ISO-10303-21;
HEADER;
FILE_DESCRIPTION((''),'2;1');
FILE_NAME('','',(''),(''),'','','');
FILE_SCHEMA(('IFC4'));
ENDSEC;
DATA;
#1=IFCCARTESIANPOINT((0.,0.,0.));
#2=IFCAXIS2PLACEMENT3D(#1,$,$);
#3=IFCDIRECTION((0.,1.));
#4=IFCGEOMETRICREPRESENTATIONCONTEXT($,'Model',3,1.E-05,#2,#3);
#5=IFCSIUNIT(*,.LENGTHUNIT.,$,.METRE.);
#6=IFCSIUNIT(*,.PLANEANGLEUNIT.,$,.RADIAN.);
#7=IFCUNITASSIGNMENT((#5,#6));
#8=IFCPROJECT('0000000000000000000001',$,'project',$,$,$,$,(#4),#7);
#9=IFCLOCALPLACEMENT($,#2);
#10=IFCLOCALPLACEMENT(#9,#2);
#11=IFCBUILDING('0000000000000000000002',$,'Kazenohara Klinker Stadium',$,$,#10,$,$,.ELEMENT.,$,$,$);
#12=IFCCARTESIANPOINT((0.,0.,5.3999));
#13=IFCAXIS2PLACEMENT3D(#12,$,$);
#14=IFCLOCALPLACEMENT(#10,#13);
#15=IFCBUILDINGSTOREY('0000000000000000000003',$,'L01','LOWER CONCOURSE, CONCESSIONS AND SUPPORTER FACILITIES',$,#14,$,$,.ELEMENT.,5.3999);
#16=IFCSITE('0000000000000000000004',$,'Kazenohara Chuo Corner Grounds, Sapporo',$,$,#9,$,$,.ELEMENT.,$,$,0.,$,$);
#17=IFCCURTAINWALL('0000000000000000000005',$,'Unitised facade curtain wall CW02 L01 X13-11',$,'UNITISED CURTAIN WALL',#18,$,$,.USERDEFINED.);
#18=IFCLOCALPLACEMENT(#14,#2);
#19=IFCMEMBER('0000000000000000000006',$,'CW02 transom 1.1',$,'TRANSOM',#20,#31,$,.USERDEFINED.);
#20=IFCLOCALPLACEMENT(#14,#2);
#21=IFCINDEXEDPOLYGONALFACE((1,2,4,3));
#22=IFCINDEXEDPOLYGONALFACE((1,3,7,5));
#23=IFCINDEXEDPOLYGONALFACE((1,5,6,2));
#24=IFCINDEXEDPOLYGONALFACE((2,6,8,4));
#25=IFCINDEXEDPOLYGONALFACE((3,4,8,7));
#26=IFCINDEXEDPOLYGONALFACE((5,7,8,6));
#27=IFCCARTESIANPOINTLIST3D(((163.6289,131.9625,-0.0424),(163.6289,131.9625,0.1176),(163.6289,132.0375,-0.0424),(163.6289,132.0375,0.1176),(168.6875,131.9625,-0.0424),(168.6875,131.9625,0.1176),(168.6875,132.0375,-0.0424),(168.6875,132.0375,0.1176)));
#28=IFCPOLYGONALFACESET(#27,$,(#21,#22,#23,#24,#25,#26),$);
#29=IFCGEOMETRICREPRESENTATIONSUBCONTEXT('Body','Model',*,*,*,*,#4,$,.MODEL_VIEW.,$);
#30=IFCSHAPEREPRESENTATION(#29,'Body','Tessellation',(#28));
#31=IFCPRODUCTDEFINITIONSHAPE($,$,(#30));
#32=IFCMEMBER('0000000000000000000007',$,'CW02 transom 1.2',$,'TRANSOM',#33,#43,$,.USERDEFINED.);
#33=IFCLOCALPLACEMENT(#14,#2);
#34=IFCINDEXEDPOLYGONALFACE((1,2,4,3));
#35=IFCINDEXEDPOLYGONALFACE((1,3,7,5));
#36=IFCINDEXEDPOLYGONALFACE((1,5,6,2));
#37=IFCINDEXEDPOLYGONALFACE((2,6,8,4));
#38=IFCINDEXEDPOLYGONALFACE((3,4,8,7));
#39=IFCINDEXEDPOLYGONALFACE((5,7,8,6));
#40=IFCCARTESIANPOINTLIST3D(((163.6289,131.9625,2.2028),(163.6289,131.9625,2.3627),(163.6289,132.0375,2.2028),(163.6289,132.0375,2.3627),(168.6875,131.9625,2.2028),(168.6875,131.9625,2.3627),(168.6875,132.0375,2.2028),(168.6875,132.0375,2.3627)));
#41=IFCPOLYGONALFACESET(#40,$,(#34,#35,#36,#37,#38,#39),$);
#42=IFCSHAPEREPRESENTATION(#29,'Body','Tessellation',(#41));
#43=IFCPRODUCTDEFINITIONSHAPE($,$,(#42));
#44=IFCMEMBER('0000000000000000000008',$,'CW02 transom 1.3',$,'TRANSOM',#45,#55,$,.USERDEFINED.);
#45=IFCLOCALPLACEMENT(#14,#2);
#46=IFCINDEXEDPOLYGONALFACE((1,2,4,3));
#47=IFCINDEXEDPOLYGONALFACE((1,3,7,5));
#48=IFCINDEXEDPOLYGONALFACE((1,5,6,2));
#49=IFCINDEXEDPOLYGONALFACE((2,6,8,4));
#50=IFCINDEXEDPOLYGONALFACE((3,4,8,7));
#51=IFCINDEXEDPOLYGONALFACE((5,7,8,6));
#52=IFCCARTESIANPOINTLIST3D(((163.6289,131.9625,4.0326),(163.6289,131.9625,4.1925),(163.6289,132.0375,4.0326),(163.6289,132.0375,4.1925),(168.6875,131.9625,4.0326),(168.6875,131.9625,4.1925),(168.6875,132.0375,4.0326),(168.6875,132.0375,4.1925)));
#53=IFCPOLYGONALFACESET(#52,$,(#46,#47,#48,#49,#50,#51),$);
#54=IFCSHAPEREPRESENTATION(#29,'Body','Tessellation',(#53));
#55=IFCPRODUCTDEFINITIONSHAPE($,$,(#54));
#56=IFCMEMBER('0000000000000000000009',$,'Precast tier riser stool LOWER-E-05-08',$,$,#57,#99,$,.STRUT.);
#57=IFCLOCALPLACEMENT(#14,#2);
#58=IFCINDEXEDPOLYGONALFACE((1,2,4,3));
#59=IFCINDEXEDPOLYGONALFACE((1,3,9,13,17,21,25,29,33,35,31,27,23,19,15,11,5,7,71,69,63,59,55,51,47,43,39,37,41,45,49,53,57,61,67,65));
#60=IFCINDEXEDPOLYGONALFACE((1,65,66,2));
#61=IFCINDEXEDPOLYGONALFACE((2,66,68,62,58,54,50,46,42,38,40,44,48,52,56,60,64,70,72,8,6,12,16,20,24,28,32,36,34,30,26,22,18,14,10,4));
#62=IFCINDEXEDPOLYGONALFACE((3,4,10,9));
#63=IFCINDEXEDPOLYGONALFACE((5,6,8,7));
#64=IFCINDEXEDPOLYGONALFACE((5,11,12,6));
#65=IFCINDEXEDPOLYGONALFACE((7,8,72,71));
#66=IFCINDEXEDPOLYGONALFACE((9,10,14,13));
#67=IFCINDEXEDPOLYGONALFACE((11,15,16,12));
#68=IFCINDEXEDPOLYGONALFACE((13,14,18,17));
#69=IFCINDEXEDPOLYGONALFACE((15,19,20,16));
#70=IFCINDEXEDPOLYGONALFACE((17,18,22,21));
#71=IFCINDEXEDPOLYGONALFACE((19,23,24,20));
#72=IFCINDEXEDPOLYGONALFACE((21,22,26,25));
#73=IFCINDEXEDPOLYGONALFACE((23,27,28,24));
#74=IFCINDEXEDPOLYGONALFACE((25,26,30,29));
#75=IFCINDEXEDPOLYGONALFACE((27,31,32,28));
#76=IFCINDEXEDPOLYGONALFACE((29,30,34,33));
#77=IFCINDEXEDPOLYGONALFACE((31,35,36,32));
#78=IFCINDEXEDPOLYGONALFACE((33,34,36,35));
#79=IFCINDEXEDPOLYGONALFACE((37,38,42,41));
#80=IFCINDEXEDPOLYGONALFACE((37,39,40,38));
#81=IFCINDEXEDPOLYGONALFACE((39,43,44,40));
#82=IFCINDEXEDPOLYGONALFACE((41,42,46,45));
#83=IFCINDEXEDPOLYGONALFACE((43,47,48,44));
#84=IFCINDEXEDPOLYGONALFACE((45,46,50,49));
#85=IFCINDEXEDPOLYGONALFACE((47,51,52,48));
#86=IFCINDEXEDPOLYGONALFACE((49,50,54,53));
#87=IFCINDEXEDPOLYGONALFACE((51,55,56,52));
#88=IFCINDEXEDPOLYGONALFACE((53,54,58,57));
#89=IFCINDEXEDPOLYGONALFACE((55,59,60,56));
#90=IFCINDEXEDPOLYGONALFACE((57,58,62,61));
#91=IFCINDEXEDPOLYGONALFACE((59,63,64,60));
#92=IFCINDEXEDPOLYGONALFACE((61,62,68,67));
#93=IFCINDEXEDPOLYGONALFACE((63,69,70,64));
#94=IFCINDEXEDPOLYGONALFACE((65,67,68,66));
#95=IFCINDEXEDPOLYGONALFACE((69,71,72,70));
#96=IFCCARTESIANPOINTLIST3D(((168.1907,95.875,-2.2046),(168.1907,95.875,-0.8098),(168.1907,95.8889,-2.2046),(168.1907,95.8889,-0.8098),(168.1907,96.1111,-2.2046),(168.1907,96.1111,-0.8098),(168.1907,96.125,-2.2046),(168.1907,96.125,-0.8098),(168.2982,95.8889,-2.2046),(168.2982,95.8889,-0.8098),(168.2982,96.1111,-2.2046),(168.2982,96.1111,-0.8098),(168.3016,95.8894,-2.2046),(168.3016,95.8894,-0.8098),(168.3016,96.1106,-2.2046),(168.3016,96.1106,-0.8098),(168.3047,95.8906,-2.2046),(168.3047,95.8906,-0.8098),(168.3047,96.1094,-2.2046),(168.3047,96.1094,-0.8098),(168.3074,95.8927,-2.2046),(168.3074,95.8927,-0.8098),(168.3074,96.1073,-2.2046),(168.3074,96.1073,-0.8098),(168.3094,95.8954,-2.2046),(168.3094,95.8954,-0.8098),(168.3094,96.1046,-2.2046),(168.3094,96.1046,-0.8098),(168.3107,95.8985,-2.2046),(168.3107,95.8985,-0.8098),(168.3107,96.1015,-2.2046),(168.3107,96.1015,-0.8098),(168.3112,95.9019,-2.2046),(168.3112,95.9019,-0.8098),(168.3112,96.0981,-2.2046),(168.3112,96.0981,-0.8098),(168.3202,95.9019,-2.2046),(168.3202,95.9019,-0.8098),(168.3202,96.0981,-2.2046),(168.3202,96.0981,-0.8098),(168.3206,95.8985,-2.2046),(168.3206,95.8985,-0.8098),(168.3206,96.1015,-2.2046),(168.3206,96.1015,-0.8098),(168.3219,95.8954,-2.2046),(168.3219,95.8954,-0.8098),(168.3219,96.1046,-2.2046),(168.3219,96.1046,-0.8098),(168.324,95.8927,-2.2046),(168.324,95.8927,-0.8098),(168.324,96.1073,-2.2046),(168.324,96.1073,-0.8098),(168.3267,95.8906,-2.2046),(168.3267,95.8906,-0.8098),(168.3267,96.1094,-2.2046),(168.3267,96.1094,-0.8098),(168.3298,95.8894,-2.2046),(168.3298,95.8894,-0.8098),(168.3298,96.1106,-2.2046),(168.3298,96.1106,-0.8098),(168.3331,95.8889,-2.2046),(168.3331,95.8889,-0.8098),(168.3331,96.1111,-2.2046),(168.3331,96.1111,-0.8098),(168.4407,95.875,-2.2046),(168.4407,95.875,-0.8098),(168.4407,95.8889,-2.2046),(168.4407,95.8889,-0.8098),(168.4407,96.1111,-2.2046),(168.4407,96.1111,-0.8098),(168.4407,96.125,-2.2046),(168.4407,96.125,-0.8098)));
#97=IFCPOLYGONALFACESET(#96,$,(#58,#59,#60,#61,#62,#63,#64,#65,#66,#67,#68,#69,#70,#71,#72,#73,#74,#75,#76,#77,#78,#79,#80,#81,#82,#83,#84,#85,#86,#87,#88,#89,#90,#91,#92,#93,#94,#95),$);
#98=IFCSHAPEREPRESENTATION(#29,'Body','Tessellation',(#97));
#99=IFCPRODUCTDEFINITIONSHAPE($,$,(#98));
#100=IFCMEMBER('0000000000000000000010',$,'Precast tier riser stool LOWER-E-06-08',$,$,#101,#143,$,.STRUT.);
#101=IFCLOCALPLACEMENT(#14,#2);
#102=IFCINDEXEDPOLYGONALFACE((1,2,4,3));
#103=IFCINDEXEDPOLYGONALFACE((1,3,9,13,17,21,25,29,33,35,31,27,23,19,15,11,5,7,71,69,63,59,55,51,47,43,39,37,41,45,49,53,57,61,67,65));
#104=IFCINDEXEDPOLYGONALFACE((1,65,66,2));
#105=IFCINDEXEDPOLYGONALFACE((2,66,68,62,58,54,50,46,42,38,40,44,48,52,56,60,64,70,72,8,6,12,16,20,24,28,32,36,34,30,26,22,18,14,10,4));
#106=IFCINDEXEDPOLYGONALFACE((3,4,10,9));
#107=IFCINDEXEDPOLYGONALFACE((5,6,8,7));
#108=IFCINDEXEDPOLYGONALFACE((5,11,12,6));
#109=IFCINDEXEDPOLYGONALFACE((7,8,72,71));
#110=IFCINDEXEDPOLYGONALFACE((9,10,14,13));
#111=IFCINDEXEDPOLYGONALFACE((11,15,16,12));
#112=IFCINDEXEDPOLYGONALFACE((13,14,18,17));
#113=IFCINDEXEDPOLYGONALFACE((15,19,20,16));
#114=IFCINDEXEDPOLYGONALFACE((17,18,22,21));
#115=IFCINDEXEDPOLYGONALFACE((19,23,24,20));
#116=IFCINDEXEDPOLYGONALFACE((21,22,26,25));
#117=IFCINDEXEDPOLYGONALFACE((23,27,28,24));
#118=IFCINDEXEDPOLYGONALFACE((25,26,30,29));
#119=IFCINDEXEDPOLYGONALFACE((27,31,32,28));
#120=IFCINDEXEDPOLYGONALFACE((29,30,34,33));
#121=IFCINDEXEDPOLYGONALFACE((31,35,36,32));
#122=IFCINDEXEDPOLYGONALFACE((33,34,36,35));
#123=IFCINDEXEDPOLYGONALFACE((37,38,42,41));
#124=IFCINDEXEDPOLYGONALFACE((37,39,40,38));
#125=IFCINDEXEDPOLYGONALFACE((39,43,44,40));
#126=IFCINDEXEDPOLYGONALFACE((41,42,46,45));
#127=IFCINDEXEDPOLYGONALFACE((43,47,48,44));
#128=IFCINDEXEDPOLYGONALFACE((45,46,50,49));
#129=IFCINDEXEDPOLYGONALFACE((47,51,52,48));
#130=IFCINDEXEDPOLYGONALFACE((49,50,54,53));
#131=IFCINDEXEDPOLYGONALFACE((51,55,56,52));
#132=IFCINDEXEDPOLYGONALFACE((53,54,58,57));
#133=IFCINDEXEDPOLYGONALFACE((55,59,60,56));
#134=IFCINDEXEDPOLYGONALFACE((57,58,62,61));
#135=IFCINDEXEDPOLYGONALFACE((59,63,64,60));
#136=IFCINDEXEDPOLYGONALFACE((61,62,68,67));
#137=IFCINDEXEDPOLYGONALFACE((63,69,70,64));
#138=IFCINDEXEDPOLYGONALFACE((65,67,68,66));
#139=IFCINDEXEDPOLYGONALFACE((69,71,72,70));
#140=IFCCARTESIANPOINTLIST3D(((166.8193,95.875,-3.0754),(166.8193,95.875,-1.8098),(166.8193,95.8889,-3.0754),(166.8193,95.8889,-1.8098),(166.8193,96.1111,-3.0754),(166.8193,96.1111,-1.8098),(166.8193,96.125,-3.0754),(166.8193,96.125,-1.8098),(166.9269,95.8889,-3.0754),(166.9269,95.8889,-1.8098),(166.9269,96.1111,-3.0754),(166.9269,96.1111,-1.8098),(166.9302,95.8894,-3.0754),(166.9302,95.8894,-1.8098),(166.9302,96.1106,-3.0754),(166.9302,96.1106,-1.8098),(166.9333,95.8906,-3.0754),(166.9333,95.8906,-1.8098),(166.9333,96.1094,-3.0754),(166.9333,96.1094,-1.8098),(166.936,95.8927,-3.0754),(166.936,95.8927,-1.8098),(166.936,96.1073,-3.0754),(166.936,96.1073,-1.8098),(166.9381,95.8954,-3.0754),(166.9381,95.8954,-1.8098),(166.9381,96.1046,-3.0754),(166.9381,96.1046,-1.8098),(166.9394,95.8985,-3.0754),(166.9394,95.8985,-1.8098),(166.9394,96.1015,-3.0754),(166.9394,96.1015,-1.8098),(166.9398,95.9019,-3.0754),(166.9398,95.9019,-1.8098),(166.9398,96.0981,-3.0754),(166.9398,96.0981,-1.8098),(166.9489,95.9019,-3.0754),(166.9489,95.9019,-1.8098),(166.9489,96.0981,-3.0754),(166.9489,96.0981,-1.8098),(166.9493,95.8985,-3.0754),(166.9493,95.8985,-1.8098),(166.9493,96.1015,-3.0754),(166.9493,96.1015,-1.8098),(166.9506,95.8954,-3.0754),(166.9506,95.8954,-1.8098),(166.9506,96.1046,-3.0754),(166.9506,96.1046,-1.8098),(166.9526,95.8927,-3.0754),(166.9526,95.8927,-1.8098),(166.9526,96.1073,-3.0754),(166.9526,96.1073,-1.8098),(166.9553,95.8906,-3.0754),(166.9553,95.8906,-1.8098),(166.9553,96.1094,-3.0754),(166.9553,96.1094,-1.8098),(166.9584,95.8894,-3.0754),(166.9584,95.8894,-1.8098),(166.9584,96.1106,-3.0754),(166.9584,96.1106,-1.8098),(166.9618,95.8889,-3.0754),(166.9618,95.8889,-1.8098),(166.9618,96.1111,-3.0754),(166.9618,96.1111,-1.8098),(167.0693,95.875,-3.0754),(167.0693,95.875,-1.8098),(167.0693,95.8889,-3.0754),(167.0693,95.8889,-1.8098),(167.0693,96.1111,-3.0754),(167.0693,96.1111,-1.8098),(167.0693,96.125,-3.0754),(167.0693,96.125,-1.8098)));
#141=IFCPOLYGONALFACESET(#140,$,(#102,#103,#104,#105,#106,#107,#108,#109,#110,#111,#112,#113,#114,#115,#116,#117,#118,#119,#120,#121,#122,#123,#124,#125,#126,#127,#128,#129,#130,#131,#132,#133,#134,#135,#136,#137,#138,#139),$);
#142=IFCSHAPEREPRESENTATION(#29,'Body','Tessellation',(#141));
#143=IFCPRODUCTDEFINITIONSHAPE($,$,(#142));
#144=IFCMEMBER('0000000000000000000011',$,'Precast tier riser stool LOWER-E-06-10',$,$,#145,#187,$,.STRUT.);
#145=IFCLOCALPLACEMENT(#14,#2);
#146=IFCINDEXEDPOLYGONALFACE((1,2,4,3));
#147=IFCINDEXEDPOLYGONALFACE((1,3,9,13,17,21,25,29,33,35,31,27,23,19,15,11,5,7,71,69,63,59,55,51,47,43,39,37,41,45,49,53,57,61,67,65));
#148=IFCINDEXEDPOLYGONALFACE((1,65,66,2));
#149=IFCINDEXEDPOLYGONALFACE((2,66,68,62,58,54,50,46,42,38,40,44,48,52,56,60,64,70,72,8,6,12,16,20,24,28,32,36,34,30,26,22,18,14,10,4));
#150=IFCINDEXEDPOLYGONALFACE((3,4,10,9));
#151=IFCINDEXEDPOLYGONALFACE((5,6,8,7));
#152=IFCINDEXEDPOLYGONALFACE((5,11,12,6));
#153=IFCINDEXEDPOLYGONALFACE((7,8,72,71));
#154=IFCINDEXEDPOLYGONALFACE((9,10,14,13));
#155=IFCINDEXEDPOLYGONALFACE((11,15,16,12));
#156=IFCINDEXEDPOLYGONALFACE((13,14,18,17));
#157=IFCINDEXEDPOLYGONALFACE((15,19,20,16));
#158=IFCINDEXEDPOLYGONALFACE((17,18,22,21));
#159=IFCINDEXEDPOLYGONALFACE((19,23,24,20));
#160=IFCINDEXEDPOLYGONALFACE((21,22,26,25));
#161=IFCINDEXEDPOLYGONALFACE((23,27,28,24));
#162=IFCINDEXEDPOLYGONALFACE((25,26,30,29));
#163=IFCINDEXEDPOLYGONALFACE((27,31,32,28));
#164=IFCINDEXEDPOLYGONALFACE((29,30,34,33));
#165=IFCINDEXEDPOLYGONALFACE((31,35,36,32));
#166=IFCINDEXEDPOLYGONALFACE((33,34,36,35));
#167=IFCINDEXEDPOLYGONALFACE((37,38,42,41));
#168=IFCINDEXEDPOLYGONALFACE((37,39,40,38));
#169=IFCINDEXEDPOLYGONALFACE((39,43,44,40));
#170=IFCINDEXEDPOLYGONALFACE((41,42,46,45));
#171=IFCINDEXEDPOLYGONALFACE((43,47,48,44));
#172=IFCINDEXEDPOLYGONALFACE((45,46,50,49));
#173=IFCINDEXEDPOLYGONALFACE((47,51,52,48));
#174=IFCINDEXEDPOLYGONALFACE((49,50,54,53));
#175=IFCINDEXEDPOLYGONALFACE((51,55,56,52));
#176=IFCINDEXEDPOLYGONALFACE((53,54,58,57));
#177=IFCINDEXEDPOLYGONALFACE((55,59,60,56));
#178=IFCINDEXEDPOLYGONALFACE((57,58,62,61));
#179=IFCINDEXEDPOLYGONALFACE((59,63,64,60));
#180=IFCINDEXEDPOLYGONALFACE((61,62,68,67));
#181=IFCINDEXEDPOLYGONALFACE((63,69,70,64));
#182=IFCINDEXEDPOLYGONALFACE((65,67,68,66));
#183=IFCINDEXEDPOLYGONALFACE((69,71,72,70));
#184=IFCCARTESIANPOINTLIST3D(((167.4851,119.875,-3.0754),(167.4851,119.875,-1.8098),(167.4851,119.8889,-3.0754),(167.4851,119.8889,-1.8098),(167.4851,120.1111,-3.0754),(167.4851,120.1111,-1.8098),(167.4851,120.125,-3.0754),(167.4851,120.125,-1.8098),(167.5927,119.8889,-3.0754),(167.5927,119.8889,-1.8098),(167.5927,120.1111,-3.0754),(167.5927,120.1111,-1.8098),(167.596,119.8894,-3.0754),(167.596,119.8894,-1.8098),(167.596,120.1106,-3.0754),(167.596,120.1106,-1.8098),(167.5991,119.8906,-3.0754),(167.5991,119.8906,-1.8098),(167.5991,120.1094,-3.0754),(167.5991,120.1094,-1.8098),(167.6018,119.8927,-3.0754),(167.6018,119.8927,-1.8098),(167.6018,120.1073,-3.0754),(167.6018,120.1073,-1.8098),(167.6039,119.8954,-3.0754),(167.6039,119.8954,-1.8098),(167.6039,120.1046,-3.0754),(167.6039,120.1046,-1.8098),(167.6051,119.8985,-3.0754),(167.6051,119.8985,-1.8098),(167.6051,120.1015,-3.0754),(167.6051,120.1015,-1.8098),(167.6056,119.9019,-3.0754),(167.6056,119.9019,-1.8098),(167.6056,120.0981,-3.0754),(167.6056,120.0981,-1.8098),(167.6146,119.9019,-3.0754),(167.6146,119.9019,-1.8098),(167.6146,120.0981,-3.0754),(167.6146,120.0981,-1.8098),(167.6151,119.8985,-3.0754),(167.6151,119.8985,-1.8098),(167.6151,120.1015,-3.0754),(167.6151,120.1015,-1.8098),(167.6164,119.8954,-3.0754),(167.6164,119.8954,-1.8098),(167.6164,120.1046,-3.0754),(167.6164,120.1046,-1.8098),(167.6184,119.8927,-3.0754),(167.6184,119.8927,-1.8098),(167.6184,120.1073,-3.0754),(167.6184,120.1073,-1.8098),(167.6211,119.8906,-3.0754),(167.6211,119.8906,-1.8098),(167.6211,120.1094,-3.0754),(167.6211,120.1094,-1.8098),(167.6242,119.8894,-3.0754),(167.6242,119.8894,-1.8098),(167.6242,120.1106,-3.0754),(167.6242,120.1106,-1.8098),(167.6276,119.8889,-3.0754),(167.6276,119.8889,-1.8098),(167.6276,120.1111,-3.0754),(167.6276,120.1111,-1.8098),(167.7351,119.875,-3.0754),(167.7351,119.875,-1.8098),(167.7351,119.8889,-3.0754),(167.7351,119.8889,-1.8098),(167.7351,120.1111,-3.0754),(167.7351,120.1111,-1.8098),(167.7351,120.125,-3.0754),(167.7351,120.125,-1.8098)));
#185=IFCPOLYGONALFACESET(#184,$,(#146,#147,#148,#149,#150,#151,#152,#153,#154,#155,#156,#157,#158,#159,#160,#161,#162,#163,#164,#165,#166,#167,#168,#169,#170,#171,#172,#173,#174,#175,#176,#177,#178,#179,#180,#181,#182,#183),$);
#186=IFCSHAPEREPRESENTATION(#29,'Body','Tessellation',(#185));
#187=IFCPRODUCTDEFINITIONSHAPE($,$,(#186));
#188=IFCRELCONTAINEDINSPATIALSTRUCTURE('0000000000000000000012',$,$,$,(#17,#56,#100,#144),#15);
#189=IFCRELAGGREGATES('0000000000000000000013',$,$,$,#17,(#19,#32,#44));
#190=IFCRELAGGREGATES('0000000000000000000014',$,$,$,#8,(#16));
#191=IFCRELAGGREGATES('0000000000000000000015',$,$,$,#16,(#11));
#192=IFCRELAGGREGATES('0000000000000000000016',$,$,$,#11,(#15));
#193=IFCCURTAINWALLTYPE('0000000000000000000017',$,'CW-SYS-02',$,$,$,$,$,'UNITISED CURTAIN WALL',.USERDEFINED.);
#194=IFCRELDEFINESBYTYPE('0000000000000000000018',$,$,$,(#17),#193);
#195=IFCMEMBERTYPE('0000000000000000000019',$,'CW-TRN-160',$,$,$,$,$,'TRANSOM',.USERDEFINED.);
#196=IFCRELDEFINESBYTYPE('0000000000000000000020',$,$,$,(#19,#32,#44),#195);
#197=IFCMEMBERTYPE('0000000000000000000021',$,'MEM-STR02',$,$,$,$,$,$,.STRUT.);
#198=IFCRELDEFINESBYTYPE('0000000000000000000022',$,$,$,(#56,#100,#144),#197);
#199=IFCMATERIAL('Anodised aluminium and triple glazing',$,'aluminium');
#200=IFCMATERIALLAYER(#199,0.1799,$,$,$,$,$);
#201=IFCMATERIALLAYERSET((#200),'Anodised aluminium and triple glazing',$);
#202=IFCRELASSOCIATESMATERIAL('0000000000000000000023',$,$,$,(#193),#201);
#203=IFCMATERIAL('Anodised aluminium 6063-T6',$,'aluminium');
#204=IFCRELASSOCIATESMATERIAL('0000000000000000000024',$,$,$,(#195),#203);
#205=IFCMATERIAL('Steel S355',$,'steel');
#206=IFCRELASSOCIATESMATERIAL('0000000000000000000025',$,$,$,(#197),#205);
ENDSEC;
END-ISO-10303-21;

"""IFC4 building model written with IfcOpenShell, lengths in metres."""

from ifc_helpers import new_model, si_unit, direction, frame, origin, origin_2d, place, context, subcontext, project, spatial, rectangle, i_section, extrude, material, layer, layer_set, material_profile, profile_set, type_object, element, aggregate, save


model = new_model("IFC4")

# Units and contexts
model_context = context("Model", 3, precision=1e-05, world=origin(), true_north=direction((0.0, 1.0)))
body_context = subcontext(model_context, "Body", "Model", "MODEL_VIEW")
ifc_project = project(units=[si_unit("LENGTHUNIT", "METRE"), si_unit("PLANEANGLEUNIT", "RADIAN")], contexts=[model_context])

# Site, building, storey
site_placement = place(None, origin())
site = spatial("IfcSite", under=ifc_project, at=site_placement, Name="Kazenohara Chuo Corner Grounds, Sapporo", CompositionType="ELEMENT", RefElevation=0.0)
building_placement = place(site_placement, origin())
building = spatial("IfcBuilding", under=site, at=building_placement, Name="Kazenohara Klinker Stadium", CompositionType="ELEMENT")
storey_placement = place(building_placement, frame((0.0, 0.0, 5.3999)))
storey = spatial("IfcBuildingStorey", under=building, at=storey_placement, Name="L01", Description="LOWER CONCOURSE, CONCESSIONS AND SUPPORTER FACILITIES", CompositionType="ELEMENT", Elevation=5.3999)

# Shared definitions
ifc_material_1 = material(Name="Steel S355", Category="steel")

# Curtain wall
ifc_material_2 = material(Name="Anodised aluminium and triple glazing", Category="aluminium")
ifc_material_3 = material(Name="Anodised aluminium 6063-T6", Category="aluminium")
ifc_layer_1 = layer(ifc_material_2, 0.1799)
ifc_layer_set_1 = layer_set([ifc_layer_1], Name="Anodised aluminium and triple glazing")
curtain_wall_type_1 = type_object("IfcCurtainWallType", Name="CW-SYS-02", ElementType="UNITISED CURTAIN WALL", PredefinedType="USERDEFINED", material=ifc_layer_set_1)
curtain_wall_1_placement = place(storey_placement, origin())
curtain_wall_1 = element("IfcCurtainWall", 1, at=curtain_wall_1_placement, inside=storey, type_object=curtain_wall_type_1, Name="Unitised facade curtain wall CW02 L01 X13-11", ObjectType="UNITISED CURTAIN WALL", PredefinedType="USERDEFINED")

# Members
ifc_material_profile_1 = material_profile(ifc_material_3, rectangle(XDim=0.075, YDim=0.1599, at=origin_2d()), Name="ALU-TRN-75x160")
ifc_profile_set_1 = profile_set([ifc_material_profile_1], Name="Anodised aluminium 6063-T6")
member_type_1 = type_object("IfcMemberType", Name="CW-TRN-160", ElementType="TRANSOM", PredefinedType="USERDEFINED", material=ifc_profile_set_1)
member_1_placement = place(storey_placement, frame((163.6289, 132.0, 0.0376), z_axis=(1.0, 0.0, 0.0), x_axis=(0.0, 1.0, 0.0)))
member_1 = element("IfcMember", 2, at=member_1_placement, type_object=member_type_1, Name="CW02 transom 1.1", ObjectType="TRANSOM", PredefinedType="USERDEFINED", context=body_context, shape_type="SweptSolid", body=[
    extrude(rectangle(XDim=0.075, YDim=0.1599, at=origin_2d()), origin(), (0.0, 0.0, 1.0), 5.0586),
])
member_2_placement = place(storey_placement, frame((163.6289, 132.0, 2.2827), z_axis=(1.0, 0.0, 0.0), x_axis=(0.0, 1.0, 0.0)))
member_2 = element("IfcMember", 3, at=member_2_placement, type_object=member_type_1, Name="CW02 transom 1.2", ObjectType="TRANSOM", PredefinedType="USERDEFINED", context=body_context, shape_type="SweptSolid", body=[
    extrude(rectangle(XDim=0.075, YDim=0.1599, at=origin_2d()), origin(), (0.0, 0.0, 1.0), 5.0586),
])
member_3_placement = place(storey_placement, frame((163.6289, 132.0, 4.1125), z_axis=(1.0, 0.0, 0.0), x_axis=(0.0, 1.0, 0.0)))
member_3 = element("IfcMember", 4, at=member_3_placement, type_object=member_type_1, Name="CW02 transom 1.3", ObjectType="TRANSOM", PredefinedType="USERDEFINED", context=body_context, shape_type="SweptSolid", body=[
    extrude(rectangle(XDim=0.075, YDim=0.1599, at=origin_2d()), origin(), (0.0, 0.0, 1.0), 5.0586),
])

# Members
ifc_material_profile_2 = material_profile(ifc_material_1, i_section(OverallWidth=0.25, OverallDepth=0.25, WebThickness=0.009, FlangeThickness=0.0139, FilletRadius=0.0129, at=origin_2d()), Name="H-250x250x9x14")
ifc_profile_set_2 = profile_set([ifc_material_profile_2], Name="Steel S355")
member_type_2 = type_object("IfcMemberType", Name="MEM-STR02", PredefinedType="STRUT", material=ifc_profile_set_2)
member_4_placement = place(storey_placement, frame((168.3157, 96.0, -2.2046), z_axis=(0.0, 0.0, 1.0), x_axis=(1.0, 0.0, 0.0)))
element("IfcMember", 5, at=member_4_placement, inside=storey, type_object=member_type_2, Name="Precast tier riser stool LOWER-E-05-08", PredefinedType="STRUT", context=body_context, shape_type="SweptSolid", body=[
    extrude(i_section(OverallWidth=0.25, OverallDepth=0.25, WebThickness=0.009, FlangeThickness=0.0139, FilletRadius=0.0129, at=origin_2d()), origin(), (0.0, 0.0, 1.0), 1.3948),
])
for number, where, z_axis, x_axis, name in (
    (6, (166.9443, 96.0, -3.0754), (0.0, 0.0, 1.0), (1.0, 0.0, 0.0), "Precast tier riser stool LOWER-E-06-08"),
    (7, (167.6101, 120.0, -3.0754), (0.0, 0.0, 1.0), (1.0, 0.0, 0.0), "Precast tier riser stool LOWER-E-06-10"),
):
    element("IfcMember", number, at=place(storey_placement, frame(where, z_axis=z_axis, x_axis=x_axis)), inside=storey, type_object=member_type_2, Name=name, PredefinedType="STRUT", context=body_context, shape_type="SweptSolid", body=[
        extrude(i_section(OverallWidth=0.25, OverallDepth=0.25, WebThickness=0.009, FlangeThickness=0.0139, FilletRadius=0.0129, at=origin_2d()), origin(), (0.0, 0.0, 1.0), 1.2656),
    ])

aggregate(curtain_wall_1, [member_1, member_2, member_3])

save(model, "model.ifc")
